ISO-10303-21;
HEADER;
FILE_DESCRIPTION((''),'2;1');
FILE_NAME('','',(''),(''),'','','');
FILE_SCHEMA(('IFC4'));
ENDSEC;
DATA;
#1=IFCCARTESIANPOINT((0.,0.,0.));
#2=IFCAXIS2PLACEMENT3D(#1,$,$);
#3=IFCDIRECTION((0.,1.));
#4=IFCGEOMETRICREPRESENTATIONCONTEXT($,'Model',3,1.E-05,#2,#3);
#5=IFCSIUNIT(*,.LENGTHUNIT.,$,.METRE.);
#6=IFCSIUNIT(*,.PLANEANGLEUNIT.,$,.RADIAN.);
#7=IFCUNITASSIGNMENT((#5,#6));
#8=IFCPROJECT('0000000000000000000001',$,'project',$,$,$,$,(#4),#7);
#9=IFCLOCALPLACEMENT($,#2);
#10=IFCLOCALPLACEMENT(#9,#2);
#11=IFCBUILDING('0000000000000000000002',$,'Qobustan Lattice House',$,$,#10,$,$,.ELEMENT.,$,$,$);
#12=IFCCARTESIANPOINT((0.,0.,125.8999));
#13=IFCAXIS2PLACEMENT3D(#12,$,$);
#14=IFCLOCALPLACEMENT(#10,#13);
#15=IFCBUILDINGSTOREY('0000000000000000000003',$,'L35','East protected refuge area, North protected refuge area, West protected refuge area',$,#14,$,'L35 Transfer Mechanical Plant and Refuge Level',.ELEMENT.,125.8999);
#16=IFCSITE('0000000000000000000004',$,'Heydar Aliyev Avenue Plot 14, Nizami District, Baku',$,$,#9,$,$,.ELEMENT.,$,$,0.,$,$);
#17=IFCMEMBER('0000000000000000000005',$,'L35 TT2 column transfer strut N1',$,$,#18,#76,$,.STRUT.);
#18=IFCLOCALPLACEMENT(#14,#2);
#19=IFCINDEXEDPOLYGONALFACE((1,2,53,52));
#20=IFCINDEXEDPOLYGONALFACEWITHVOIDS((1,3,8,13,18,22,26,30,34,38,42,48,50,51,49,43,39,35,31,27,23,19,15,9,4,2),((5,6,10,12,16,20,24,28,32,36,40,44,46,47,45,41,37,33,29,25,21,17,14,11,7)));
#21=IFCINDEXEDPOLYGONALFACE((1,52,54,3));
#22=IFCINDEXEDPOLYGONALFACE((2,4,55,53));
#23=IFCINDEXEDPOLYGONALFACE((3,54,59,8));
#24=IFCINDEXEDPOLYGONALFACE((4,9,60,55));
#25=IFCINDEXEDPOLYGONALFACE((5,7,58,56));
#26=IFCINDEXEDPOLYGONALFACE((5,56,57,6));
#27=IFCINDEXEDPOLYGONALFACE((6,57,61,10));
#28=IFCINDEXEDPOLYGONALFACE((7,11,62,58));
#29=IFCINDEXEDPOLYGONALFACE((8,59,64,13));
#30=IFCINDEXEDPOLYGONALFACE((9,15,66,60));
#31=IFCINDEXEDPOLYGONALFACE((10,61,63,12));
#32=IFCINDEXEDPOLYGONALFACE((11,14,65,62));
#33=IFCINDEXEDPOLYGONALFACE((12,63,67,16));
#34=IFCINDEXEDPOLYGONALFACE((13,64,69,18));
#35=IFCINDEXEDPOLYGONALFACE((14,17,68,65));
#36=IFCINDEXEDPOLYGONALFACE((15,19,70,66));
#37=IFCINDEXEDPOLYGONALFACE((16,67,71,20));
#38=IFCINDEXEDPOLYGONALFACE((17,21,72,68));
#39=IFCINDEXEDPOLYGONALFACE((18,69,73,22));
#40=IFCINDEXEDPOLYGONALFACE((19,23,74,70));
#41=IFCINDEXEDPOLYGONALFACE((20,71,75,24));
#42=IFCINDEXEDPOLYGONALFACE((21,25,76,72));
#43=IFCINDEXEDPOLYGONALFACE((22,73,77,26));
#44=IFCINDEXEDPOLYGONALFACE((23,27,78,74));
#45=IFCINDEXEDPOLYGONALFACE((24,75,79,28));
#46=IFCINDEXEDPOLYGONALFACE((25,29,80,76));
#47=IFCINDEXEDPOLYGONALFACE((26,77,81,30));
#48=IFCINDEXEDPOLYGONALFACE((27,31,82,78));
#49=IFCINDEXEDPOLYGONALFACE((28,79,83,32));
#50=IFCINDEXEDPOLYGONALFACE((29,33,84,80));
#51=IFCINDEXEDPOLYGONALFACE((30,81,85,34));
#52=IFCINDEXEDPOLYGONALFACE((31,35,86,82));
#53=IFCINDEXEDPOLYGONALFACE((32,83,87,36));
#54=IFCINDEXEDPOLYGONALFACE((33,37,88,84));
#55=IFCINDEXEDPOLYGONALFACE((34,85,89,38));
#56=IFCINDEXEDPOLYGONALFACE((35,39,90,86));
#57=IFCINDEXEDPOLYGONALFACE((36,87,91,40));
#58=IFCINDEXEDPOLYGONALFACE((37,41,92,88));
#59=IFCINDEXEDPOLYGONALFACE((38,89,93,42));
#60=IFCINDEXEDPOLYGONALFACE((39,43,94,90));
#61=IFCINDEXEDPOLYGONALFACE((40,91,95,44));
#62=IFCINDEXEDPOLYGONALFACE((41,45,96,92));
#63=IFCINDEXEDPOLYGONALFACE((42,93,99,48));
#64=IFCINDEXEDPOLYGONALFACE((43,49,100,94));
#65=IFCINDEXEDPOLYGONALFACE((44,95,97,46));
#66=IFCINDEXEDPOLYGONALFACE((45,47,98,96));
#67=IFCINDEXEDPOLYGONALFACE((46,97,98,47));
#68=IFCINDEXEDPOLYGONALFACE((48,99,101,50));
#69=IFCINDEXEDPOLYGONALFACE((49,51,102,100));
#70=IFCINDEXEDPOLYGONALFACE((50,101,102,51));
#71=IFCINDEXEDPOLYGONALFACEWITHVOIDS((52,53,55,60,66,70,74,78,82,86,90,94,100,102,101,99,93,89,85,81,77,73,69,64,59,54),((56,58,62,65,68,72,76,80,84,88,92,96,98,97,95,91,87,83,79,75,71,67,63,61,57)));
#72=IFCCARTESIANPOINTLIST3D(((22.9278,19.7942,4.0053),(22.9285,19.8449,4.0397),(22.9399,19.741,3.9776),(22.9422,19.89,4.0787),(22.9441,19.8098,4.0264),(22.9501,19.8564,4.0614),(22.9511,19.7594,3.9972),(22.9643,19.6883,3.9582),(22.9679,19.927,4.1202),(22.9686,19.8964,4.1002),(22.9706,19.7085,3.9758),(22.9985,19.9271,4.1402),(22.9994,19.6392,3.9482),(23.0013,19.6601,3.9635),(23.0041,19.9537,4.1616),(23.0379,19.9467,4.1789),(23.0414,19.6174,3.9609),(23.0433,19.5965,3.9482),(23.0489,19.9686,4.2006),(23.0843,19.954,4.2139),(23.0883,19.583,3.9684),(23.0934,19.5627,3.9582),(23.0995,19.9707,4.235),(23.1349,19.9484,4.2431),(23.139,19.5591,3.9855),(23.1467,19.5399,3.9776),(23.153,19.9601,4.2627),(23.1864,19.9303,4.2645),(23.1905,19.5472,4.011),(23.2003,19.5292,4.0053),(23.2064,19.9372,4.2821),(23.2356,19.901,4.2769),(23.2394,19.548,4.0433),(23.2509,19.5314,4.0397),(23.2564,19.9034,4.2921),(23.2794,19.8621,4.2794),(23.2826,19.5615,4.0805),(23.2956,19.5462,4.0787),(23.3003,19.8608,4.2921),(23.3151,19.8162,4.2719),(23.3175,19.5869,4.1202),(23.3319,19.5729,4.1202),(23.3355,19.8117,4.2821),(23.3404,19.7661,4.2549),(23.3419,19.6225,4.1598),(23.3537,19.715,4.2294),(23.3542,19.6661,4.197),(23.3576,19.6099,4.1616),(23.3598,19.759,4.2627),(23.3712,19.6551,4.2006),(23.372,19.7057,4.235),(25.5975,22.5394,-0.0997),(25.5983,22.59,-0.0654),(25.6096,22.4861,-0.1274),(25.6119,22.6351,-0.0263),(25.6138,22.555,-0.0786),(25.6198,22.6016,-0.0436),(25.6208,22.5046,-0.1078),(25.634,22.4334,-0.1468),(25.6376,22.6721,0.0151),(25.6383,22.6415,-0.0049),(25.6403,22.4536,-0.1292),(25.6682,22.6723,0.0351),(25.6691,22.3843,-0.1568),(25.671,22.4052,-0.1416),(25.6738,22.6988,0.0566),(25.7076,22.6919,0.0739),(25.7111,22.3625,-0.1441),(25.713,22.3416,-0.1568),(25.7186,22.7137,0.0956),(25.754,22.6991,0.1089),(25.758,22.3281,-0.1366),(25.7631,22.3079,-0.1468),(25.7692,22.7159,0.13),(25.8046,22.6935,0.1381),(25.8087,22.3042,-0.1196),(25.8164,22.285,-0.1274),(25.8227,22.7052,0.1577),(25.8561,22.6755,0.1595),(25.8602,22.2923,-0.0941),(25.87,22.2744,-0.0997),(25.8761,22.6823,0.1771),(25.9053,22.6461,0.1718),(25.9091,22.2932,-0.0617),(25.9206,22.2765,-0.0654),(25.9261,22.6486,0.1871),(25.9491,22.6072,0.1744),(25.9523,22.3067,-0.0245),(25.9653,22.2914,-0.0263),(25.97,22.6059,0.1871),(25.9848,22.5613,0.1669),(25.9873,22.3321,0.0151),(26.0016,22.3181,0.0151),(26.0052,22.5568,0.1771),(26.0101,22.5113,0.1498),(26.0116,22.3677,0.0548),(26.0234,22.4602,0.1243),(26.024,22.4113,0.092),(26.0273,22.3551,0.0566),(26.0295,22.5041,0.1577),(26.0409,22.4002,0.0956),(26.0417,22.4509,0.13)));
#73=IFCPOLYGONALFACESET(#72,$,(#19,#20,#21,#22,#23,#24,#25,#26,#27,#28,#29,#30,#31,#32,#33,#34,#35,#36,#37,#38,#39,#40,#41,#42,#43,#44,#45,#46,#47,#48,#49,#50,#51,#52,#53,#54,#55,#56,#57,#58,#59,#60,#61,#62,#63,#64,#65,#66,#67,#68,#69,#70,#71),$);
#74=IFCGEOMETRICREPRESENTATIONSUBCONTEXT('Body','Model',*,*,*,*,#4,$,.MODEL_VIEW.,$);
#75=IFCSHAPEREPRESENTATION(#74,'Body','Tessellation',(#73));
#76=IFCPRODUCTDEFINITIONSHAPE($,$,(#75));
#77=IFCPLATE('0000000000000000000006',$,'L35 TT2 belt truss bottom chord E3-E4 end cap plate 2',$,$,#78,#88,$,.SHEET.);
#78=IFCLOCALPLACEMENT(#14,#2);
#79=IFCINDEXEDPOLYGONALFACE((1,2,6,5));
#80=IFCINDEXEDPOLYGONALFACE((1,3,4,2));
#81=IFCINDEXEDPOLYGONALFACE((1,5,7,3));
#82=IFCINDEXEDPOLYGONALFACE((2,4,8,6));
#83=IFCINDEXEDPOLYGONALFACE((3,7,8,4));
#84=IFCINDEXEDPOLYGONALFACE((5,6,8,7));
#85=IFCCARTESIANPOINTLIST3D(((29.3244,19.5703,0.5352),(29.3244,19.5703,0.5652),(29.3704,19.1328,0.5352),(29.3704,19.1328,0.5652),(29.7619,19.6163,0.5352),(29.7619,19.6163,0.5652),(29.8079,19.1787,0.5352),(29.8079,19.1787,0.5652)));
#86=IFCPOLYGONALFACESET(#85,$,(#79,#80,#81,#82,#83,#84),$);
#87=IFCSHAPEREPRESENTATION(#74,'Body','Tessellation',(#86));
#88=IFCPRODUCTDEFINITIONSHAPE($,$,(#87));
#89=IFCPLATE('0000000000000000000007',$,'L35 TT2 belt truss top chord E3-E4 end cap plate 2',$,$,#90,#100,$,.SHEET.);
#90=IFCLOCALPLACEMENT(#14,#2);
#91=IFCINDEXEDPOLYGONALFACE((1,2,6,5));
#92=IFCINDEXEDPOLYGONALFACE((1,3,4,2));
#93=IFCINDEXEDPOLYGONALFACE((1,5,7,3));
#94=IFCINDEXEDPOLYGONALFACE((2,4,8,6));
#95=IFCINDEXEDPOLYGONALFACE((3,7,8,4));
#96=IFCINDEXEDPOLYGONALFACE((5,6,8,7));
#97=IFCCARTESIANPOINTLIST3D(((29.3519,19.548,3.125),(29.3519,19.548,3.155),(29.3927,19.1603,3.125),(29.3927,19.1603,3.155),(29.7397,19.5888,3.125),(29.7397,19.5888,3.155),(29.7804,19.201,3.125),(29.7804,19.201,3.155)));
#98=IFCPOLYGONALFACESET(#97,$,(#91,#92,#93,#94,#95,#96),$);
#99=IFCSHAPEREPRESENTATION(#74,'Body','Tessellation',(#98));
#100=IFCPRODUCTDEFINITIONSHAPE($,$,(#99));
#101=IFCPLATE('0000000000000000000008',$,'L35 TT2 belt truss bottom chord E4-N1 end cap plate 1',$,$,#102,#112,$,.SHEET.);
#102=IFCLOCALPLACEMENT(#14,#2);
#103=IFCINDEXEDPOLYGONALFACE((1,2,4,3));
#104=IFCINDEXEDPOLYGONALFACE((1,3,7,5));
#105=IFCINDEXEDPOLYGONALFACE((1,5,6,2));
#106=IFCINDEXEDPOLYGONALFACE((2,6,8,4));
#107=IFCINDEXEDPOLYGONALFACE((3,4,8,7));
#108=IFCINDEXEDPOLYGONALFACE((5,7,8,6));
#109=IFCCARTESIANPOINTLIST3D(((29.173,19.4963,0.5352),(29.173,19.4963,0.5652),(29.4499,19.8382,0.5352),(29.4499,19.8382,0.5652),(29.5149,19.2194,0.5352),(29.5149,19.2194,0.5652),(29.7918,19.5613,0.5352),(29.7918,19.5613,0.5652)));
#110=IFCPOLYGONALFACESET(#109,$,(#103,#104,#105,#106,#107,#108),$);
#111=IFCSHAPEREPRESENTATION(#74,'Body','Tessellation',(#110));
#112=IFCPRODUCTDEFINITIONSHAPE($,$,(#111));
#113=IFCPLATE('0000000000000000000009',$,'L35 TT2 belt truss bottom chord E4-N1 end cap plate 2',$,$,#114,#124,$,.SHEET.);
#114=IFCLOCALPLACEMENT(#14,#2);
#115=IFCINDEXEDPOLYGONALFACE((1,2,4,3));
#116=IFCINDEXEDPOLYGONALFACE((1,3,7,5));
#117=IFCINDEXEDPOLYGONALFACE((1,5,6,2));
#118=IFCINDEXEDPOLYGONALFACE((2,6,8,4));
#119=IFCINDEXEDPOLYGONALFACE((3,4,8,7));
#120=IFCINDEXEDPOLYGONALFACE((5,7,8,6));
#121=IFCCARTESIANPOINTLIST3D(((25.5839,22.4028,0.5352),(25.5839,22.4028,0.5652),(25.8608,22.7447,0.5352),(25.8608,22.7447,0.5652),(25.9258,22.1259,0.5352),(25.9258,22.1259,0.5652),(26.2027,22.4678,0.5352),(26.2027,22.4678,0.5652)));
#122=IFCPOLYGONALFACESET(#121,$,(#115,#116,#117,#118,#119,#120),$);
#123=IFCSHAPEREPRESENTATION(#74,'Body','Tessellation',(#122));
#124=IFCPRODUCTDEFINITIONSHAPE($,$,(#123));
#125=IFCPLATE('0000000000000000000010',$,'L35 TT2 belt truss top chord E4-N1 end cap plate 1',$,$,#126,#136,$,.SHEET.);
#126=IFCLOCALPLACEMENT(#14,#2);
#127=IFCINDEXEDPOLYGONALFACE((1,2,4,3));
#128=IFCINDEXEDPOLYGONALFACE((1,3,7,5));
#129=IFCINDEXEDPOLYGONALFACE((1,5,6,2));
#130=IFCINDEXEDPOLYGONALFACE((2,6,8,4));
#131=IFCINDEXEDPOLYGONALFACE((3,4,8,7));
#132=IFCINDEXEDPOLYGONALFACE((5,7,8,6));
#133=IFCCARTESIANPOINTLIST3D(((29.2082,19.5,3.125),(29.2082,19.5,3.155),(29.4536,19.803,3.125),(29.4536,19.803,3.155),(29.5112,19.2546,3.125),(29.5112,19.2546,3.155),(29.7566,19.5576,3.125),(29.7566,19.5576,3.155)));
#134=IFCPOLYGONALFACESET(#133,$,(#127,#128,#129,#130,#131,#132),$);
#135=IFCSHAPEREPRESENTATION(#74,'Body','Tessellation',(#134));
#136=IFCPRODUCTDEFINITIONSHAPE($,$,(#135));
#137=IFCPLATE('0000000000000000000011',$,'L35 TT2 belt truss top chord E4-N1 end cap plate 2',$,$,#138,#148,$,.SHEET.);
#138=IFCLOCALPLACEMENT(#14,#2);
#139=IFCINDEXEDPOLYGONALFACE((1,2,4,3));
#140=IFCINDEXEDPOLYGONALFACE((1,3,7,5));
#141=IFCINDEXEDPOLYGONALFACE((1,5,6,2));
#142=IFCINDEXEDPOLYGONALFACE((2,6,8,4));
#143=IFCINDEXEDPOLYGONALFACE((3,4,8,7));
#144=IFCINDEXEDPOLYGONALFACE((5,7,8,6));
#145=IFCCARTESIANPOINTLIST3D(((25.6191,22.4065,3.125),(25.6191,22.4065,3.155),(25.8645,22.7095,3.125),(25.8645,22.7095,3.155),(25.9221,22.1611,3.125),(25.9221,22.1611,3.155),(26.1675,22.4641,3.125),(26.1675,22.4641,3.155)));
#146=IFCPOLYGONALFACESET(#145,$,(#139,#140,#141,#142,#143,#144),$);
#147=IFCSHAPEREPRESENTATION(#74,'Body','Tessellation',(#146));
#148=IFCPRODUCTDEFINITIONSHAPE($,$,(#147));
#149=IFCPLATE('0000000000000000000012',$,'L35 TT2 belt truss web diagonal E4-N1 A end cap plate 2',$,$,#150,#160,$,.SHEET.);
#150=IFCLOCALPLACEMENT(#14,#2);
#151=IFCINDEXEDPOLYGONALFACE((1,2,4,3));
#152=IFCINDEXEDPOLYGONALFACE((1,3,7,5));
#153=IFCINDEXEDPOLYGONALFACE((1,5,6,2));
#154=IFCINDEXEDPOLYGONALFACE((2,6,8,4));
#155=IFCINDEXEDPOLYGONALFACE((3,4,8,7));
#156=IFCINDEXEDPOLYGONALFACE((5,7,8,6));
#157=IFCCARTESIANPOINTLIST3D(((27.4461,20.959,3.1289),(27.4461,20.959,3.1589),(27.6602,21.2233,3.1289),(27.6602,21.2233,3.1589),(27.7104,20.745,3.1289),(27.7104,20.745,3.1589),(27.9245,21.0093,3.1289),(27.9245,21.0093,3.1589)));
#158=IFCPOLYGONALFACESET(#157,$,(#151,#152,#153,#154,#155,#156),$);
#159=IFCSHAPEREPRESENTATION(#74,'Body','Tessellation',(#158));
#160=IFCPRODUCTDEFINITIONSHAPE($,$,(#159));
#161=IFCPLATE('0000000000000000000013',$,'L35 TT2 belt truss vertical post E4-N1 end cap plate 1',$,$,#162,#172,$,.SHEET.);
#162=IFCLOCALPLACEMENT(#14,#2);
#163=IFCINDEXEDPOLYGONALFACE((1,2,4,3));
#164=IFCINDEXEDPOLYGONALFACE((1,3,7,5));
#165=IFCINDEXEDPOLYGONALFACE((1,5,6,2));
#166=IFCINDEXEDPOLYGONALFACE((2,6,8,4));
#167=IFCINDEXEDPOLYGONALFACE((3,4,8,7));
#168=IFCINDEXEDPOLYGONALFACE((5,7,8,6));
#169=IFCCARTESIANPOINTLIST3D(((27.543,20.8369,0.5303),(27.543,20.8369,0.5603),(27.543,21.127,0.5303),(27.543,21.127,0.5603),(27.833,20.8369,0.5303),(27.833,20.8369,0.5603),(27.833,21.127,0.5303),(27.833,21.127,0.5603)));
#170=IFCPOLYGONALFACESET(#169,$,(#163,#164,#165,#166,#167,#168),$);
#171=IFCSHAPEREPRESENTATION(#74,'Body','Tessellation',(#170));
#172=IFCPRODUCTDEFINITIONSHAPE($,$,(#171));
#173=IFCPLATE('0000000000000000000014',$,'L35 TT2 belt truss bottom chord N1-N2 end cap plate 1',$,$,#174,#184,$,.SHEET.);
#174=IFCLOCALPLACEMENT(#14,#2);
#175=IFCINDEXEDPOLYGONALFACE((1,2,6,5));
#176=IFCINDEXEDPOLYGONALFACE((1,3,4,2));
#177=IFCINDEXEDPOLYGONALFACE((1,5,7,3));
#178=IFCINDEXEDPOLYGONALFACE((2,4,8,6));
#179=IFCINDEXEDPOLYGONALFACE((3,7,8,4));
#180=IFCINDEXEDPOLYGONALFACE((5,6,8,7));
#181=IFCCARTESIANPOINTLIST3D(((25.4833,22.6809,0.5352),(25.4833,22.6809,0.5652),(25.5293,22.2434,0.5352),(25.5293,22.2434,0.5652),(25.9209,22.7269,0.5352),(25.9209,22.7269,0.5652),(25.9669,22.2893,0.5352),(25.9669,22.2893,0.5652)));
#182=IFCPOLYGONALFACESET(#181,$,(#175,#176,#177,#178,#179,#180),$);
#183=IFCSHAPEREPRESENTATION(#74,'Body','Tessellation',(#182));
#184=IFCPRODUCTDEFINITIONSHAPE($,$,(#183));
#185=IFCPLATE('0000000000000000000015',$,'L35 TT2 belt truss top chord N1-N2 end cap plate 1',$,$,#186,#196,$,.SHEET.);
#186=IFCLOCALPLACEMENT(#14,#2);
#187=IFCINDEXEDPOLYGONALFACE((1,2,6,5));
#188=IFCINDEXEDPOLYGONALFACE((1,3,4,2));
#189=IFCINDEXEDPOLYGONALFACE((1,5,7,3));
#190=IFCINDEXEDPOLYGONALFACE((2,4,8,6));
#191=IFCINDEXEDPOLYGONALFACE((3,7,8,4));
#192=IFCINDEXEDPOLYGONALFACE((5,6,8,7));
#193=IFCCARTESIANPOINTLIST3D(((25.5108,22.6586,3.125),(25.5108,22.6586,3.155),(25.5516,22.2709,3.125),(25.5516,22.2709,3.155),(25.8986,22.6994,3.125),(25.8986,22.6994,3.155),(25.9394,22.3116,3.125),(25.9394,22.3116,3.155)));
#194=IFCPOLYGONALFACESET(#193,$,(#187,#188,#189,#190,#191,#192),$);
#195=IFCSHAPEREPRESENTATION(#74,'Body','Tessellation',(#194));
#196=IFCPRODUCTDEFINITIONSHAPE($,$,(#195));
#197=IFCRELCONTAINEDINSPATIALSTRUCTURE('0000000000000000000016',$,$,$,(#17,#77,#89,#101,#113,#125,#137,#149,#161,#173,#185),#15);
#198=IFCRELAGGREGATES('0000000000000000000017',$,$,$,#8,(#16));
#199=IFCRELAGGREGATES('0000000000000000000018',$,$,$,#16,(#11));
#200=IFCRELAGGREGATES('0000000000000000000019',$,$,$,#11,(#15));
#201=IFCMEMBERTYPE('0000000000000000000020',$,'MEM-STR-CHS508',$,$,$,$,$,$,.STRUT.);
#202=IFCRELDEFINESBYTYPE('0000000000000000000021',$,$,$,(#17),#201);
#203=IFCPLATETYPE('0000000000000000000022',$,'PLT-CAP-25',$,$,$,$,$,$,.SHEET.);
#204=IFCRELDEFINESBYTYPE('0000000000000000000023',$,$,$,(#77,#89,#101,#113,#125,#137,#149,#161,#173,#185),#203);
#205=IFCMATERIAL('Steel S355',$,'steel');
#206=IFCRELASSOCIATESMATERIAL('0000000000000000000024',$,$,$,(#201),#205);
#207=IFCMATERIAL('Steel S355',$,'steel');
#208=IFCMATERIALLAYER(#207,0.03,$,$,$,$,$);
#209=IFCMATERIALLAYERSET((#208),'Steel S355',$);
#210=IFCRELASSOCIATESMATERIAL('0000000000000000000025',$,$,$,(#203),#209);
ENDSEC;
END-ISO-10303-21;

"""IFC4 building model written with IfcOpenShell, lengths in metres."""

from ifc_helpers import new_model, si_unit, direction, frame, origin, origin_2d, place, context, subcontext, project, spatial, rectangle, hollow_circle, extrude, material, layer, layer_set, material_profile, profile_set, type_object, element, save


model = new_model("IFC4")

# Units and contexts
model_context = context("Model", 3, precision=1e-05, world=origin(), true_north=direction((0.0, 1.0)))
body_context = subcontext(model_context, "Body", "Model", "MODEL_VIEW")
ifc_project = project(units=[si_unit("LENGTHUNIT", "METRE"), si_unit("PLANEANGLEUNIT", "RADIAN")], contexts=[model_context])

# Site, building, storey
site_placement = place(None, origin())
site = spatial("IfcSite", under=ifc_project, at=site_placement, Name="Heydar Aliyev Avenue Plot 14, Nizami District, Baku", CompositionType="ELEMENT", RefElevation=0.0)
building_placement = place(site_placement, origin())
building = spatial("IfcBuilding", under=site, at=building_placement, Name="Qobustan Lattice House", CompositionType="ELEMENT")
storey_placement = place(building_placement, frame((0.0, 0.0, 125.8999)))
storey = spatial("IfcBuildingStorey", under=building, at=storey_placement, Name="L35", Description="East protected refuge area, North protected refuge area, West protected refuge area", LongName="L35 Transfer Mechanical Plant and Refuge Level", CompositionType="ELEMENT", Elevation=125.8999)

# Member
ifc_material_1 = material(Name="Steel S355", Category="steel")
ifc_material_profile_1 = material_profile(ifc_material_1, hollow_circle(Radius=0.2539, WallThickness=0.02, at=origin_2d()), Name="CHS508x20")
ifc_profile_set_1 = profile_set([ifc_material_profile_1], Name="Steel S355")
member_type_1 = type_object("IfcMemberType", Name="MEM-STR-CHS508", PredefinedType="STRUT", material=ifc_profile_set_1)
member_1_placement = place(storey_placement, frame((25.8196, 22.4951, 0.0151), z_axis=(-0.475564, -0.489003, 0.731242), x_axis=(0.716889, -0.697188, 0.0)))
element("IfcMember", 1, at=member_1_placement, inside=storey, type_object=member_type_1, Name="L35 TT2 column transfer strut N1", PredefinedType="STRUT", context=body_context, shape_type="SweptSolid", body=[
    extrude(hollow_circle(Radius=0.2539, WallThickness=0.02, at=origin_2d()), origin(), (0.0, 0.0, 1.0), 5.6138),
])

# Plates
ifc_material_2 = material(Name="Steel S355", Category="steel")
ifc_layer_1 = layer(ifc_material_2, 0.03)
ifc_layer_set_1 = layer_set([ifc_layer_1], Name="Steel S355")
plate_type = type_object("IfcPlateType", Name="PLT-CAP-25", PredefinedType="SHEET", material=ifc_layer_set_1)
plate_1_placement = place(storey_placement, frame((29.5662, 19.3745, 0.5352), z_axis=(0.0, 0.0, 1.0), x_axis=(-0.104528, 0.994522, 0.0)))
element("IfcPlate", 2, at=plate_1_placement, inside=storey, type_object=plate_type, Name="L35 TT2 belt truss bottom chord E3-E4 end cap plate 2", PredefinedType="SHEET", context=body_context, shape_type="SweptSolid", body=[
    extrude(rectangle(XDim=0.4399, YDim=0.4399, at=origin_2d()), origin(), (0.0, 0.0, 1.0), 0.03),
])
plate_2_placement = place(storey_placement, frame((29.5662, 19.3745, 3.125), z_axis=(0.0, 0.0, 1.0), x_axis=(-0.104528, 0.994522, 0.0)))
element("IfcPlate", 3, at=plate_2_placement, inside=storey, type_object=plate_type, Name="L35 TT2 belt truss top chord E3-E4 end cap plate 2", PredefinedType="SHEET", context=body_context, shape_type="SweptSolid", body=[
    extrude(rectangle(XDim=0.3899, YDim=0.3899, at=origin_2d()), origin(), (0.0, 0.0, 1.0), 0.03),
])
for number, where, z_axis, x_axis, name in (
    (4, (29.4824, 19.5288, 0.5352), (0.0, 0.0, 1.0), (-0.777135, 0.629334, 0.0), "L35 TT2 belt truss bottom chord E4-N1 end cap plate 1"),
    (5, (25.8933, 22.4353, 0.5352), (0.0, 0.0, 1.0), (-0.777135, 0.629334, 0.0), "L35 TT2 belt truss bottom chord E4-N1 end cap plate 2"),
):
    element("IfcPlate", number, at=place(storey_placement, frame(where, z_axis=z_axis, x_axis=x_axis)), inside=storey, type_object=plate_type, Name=name, PredefinedType="SHEET", context=body_context, shape_type="SweptSolid", body=[
        extrude(rectangle(XDim=0.4399, YDim=0.4399, at=origin_2d()), origin(), (0.0, 0.0, 1.0), 0.03),
    ])
for number, where, z_axis, x_axis, name in (
    (6, (29.4824, 19.5288, 3.125), (0.0, 0.0, 1.0), (-0.777135, 0.629334, 0.0), "L35 TT2 belt truss top chord E4-N1 end cap plate 1"),
    (7, (25.8933, 22.4353, 3.125), (0.0, 0.0, 1.0), (-0.777135, 0.629334, 0.0), "L35 TT2 belt truss top chord E4-N1 end cap plate 2"),
):
    element("IfcPlate", number, at=place(storey_placement, frame(where, z_axis=z_axis, x_axis=x_axis)), inside=storey, type_object=plate_type, Name=name, PredefinedType="SHEET", context=body_context, shape_type="SweptSolid", body=[
        extrude(rectangle(XDim=0.3899, YDim=0.3899, at=origin_2d()), origin(), (0.0, 0.0, 1.0), 0.03),
    ])
plate_3_placement = place(storey_placement, frame((27.6853, 20.9841, 3.1289), z_axis=(0.0, 0.0, 1.0), x_axis=(-0.777124, 0.629348, 0.0)))
element("IfcPlate", 8, at=plate_3_placement, inside=storey, type_object=plate_type, Name="L35 TT2 belt truss web diagonal E4-N1 A end cap plate 2", PredefinedType="SHEET", context=body_context, shape_type="SweptSolid", body=[
    extrude(rectangle(XDim=0.3401, YDim=0.3401, at=origin_2d()), origin(), (0.0, 0.0, 1.0), 0.03),
])
plate_4_placement = place(storey_placement, frame((27.688, 20.9819, 0.5303), z_axis=(0.0, 0.0, 1.0), x_axis=(1.0, 0.0, 0.0)))
element("IfcPlate", 9, at=plate_4_placement, inside=storey, type_object=plate_type, Name="L35 TT2 belt truss vertical post E4-N1 end cap plate 1", PredefinedType="SHEET", context=body_context, shape_type="SweptSolid", body=[
    extrude(rectangle(XDim=0.29, YDim=0.29, at=origin_2d()), origin(), (0.0, 0.0, 1.0), 0.03),
])
plate_5_placement = place(storey_placement, frame((25.7251, 22.4851, 0.5352), z_axis=(0.0, 0.0, 1.0), x_axis=(-0.994524, -0.104511, 0.0)))
element("IfcPlate", 10, at=plate_5_placement, inside=storey, type_object=plate_type, Name="L35 TT2 belt truss bottom chord N1-N2 end cap plate 1", PredefinedType="SHEET", context=body_context, shape_type="SweptSolid", body=[
    extrude(rectangle(XDim=0.4399, YDim=0.4399, at=origin_2d()), origin(), (0.0, 0.0, 1.0), 0.03),
])
plate_6_placement = place(storey_placement, frame((25.7251, 22.4851, 3.125), z_axis=(0.0, 0.0, 1.0), x_axis=(-0.994524, -0.104511, 0.0)))
element("IfcPlate", 11, at=plate_6_placement, inside=storey, type_object=plate_type, Name="L35 TT2 belt truss top chord N1-N2 end cap plate 1", PredefinedType="SHEET", context=body_context, shape_type="SweptSolid", body=[
    extrude(rectangle(XDim=0.3899, YDim=0.3899, at=origin_2d()), origin(), (0.0, 0.0, 1.0), 0.03),
])

save(model, "model.ifc")
